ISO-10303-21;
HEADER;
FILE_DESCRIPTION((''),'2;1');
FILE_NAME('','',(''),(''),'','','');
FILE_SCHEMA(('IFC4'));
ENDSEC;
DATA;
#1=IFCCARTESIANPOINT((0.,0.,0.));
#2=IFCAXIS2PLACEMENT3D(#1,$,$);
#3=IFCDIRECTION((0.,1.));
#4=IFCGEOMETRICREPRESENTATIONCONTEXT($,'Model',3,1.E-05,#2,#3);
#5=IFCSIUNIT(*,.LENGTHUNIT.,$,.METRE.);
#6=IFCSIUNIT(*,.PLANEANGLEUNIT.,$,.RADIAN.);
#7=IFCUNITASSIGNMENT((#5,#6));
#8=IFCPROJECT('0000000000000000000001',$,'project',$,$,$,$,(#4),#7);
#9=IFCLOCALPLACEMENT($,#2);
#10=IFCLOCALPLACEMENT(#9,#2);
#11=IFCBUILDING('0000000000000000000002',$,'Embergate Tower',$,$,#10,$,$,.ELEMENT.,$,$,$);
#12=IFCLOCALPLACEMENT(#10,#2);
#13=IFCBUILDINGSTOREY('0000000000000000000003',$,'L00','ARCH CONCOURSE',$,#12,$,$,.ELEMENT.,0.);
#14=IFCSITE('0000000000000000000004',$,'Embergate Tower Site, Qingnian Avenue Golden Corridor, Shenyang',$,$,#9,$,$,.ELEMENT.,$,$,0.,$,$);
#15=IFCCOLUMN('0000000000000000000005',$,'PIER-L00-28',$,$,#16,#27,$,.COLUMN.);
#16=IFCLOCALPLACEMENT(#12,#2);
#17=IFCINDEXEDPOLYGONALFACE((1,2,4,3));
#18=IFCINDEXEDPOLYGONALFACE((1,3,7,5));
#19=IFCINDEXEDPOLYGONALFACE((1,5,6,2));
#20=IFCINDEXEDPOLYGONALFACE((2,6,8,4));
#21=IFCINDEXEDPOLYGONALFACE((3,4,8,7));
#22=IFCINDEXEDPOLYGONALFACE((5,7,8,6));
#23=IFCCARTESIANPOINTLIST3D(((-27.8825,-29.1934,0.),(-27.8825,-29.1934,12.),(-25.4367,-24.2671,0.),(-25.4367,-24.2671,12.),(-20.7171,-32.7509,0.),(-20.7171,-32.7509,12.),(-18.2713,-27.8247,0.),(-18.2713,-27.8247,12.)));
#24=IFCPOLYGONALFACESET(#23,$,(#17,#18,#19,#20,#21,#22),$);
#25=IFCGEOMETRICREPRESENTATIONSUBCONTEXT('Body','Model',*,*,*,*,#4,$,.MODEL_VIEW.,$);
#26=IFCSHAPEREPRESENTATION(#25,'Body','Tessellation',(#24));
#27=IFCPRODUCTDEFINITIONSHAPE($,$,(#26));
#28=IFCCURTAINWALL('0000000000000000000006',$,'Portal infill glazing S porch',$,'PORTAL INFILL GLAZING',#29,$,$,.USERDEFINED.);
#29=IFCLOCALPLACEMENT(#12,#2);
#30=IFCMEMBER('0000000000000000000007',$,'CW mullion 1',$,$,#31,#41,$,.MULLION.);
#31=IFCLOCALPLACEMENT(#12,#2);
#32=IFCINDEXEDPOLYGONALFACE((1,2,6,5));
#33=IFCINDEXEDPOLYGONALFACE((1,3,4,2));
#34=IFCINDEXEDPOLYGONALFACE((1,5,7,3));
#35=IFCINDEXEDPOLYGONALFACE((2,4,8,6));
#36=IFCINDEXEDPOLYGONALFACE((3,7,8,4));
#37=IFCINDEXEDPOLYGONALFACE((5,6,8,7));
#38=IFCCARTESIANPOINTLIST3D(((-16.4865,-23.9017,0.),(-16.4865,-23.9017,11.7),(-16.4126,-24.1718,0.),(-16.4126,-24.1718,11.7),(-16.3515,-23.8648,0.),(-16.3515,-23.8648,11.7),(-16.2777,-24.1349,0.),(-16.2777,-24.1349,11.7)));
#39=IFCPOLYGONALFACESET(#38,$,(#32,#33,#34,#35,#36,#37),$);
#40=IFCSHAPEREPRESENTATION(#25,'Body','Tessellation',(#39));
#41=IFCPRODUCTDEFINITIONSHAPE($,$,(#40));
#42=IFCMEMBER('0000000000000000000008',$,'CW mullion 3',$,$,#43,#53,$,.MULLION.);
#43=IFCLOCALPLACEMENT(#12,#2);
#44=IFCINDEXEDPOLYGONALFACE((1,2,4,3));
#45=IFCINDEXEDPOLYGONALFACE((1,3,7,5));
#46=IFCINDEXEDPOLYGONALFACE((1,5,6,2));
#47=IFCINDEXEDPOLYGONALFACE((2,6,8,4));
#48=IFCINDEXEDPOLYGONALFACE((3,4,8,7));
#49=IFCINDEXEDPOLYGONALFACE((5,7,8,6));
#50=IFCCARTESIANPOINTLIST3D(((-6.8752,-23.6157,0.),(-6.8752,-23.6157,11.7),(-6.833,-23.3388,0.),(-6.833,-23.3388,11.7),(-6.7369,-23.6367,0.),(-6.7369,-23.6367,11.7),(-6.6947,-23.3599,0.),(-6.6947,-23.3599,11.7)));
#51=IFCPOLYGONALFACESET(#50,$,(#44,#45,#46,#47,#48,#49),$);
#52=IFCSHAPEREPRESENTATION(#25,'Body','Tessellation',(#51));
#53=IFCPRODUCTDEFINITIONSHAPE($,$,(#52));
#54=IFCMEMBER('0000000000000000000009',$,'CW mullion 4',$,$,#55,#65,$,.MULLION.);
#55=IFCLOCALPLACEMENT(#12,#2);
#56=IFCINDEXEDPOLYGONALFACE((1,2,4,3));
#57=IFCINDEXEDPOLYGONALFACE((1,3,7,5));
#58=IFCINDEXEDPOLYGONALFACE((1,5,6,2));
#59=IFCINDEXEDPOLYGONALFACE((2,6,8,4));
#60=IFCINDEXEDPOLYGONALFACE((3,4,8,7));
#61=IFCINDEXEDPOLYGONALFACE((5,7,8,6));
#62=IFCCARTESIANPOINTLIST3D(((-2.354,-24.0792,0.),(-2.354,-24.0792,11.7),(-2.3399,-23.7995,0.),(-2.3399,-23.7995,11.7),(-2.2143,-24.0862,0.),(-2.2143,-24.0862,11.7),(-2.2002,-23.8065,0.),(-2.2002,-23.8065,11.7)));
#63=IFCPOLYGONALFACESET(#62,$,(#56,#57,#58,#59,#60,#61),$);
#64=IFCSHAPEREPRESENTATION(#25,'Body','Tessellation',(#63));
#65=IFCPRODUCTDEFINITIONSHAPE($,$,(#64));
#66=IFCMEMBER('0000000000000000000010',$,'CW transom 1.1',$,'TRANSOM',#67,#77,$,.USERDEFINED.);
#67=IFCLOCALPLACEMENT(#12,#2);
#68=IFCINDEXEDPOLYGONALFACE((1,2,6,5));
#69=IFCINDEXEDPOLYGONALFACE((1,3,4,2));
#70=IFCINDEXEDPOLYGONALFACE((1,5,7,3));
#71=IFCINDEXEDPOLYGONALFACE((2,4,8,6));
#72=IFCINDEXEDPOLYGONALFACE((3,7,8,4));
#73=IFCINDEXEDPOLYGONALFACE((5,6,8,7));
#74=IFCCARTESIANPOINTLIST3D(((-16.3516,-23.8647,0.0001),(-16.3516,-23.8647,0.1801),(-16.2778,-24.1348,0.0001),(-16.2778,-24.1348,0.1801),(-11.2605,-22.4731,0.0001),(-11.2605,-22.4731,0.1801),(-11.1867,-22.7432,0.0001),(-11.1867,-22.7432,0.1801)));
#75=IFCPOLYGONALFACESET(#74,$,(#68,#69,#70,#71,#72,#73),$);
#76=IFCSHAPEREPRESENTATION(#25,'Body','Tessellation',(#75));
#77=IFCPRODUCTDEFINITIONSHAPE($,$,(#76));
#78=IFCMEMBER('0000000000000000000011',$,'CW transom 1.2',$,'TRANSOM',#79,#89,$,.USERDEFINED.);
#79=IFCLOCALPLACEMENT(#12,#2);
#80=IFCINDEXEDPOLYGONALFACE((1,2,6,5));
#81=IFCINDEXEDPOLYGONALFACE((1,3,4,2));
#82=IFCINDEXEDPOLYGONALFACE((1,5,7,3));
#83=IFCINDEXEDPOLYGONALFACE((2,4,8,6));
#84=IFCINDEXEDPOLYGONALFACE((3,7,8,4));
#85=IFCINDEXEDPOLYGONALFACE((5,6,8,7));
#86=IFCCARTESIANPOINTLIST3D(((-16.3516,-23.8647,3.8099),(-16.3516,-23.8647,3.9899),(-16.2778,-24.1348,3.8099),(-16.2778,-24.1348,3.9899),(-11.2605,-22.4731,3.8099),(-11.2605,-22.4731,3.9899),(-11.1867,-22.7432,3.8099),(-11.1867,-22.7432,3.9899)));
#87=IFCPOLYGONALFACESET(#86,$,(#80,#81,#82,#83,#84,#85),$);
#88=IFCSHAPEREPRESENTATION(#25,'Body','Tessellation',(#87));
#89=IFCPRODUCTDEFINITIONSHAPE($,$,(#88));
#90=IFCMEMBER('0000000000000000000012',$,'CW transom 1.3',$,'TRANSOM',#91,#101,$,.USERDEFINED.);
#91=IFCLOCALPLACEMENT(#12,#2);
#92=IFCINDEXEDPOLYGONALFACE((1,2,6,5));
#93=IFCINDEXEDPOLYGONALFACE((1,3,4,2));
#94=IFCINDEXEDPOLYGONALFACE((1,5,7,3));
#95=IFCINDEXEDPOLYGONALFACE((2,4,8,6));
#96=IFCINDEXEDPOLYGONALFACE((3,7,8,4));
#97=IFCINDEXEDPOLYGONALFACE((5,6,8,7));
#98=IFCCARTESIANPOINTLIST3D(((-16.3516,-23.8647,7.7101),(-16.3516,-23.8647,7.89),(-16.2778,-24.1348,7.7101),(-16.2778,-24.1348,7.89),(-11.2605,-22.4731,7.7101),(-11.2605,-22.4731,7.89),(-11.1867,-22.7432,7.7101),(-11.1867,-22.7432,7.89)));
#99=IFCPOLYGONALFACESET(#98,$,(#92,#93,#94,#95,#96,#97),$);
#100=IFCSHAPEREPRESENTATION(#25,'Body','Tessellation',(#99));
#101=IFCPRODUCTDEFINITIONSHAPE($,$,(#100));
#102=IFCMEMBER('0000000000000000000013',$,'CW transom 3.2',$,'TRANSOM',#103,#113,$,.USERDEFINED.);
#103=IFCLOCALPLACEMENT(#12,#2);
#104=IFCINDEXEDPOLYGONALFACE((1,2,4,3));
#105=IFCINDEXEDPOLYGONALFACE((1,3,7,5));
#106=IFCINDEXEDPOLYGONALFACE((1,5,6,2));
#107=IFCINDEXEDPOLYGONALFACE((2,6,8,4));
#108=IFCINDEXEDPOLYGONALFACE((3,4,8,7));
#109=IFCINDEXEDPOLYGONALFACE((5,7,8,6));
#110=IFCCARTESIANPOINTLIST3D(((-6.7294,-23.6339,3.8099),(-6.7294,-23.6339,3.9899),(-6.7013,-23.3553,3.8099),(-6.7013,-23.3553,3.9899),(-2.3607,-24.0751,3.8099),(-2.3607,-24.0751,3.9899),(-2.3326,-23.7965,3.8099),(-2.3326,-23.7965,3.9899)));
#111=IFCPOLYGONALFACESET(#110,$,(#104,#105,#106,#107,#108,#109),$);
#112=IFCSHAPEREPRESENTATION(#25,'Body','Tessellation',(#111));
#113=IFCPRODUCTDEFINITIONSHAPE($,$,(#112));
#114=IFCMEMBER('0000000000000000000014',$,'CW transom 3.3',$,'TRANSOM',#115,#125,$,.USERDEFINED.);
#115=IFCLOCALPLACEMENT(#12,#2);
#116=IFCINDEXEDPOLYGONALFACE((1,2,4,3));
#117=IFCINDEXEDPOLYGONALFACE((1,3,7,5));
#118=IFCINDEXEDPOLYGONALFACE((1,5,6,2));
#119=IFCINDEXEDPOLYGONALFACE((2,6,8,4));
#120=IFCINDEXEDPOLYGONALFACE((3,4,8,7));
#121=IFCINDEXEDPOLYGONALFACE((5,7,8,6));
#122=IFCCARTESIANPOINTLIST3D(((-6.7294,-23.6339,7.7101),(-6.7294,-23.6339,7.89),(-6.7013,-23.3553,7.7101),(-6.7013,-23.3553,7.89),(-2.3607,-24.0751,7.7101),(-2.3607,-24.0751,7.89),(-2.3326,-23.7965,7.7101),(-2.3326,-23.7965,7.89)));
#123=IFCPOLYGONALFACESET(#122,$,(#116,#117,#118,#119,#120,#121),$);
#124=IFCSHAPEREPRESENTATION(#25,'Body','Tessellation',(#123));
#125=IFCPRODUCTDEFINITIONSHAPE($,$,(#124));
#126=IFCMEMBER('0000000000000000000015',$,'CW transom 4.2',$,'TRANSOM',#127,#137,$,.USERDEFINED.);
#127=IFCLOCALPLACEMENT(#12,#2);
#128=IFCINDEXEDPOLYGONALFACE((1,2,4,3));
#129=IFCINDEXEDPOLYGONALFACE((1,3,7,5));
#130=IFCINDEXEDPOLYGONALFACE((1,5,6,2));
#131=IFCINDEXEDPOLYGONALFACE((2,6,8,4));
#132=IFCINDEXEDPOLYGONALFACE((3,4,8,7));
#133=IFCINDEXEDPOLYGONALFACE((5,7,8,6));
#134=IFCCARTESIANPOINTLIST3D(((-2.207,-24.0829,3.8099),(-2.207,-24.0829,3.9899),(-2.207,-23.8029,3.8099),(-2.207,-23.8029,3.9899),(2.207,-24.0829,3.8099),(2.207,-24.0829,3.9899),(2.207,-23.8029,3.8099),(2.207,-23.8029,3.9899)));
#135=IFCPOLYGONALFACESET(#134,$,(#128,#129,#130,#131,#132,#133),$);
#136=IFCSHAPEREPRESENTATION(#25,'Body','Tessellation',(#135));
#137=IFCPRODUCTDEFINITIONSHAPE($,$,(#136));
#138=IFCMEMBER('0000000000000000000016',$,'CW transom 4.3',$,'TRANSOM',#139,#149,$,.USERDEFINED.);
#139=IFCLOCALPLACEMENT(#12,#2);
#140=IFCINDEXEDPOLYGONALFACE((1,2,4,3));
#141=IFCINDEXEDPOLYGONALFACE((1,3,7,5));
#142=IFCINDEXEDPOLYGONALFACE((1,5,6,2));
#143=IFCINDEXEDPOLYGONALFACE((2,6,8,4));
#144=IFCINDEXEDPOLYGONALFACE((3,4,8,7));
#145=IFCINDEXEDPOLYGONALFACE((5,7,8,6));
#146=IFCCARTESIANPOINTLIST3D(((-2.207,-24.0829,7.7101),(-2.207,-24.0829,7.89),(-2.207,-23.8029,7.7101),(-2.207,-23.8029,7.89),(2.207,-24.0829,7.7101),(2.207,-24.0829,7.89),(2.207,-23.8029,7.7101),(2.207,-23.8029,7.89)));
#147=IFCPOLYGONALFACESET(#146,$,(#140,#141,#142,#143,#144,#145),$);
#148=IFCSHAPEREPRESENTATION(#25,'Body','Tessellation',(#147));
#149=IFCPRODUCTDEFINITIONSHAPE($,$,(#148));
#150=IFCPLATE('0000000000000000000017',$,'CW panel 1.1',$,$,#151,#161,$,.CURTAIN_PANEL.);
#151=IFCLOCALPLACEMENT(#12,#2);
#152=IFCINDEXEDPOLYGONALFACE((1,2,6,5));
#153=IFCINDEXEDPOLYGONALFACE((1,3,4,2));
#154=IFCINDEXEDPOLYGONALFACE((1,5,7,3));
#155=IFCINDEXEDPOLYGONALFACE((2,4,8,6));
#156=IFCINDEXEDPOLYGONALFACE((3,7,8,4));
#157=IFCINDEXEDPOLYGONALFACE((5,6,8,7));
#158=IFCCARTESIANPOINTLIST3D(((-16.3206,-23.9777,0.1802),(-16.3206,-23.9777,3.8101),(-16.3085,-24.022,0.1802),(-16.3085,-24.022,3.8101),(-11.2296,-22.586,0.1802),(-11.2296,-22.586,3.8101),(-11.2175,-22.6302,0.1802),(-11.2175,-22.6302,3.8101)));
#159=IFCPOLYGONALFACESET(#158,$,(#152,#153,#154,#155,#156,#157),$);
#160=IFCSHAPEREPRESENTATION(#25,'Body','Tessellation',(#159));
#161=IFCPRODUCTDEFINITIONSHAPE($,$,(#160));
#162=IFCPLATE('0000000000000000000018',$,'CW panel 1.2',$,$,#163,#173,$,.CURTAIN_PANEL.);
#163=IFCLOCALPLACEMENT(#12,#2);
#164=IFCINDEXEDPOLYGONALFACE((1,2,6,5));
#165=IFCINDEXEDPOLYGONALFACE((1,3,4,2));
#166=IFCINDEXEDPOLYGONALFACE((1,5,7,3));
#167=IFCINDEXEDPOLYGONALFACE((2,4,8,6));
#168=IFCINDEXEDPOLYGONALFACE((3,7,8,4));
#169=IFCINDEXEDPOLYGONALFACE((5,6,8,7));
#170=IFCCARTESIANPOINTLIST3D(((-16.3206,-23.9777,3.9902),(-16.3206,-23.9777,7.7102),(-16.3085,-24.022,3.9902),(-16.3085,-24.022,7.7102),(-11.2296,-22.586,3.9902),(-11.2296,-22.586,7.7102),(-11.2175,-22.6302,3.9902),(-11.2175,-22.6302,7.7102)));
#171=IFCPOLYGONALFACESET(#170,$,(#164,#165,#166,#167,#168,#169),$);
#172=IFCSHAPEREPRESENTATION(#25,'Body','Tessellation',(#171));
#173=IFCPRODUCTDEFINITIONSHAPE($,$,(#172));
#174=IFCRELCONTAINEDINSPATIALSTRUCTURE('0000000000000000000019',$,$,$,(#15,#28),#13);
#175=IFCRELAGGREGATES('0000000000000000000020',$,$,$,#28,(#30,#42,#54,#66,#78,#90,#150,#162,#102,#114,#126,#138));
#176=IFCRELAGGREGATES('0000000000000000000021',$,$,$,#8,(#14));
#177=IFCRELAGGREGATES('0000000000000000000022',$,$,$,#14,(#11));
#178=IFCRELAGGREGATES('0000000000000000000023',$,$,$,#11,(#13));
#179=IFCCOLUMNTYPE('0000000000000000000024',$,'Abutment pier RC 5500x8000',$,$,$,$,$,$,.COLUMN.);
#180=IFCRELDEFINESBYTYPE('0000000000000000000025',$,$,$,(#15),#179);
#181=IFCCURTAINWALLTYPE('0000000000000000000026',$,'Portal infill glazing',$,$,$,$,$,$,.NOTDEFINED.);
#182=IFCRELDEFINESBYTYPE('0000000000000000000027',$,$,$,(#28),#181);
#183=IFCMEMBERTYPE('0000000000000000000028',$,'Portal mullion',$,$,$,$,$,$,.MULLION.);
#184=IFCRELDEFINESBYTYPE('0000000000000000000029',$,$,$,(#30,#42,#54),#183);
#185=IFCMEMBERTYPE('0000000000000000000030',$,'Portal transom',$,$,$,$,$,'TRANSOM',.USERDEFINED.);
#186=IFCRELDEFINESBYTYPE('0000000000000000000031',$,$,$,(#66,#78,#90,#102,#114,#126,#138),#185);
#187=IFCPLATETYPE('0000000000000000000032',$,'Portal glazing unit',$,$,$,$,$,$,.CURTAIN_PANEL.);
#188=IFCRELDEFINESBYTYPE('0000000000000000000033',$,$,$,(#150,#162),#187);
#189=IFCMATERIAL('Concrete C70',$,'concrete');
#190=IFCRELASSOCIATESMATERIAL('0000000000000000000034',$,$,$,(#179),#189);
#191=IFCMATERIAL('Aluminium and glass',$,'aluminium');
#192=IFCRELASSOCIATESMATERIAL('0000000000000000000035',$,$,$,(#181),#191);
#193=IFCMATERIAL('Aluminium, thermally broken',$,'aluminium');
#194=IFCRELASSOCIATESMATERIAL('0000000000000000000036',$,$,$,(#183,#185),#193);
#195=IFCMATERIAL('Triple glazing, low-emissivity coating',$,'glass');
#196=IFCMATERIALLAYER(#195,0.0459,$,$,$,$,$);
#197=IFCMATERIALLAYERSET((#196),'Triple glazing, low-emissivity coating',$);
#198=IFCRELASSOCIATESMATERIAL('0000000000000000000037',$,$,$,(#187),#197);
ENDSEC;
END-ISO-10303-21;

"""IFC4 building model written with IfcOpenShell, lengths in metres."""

from ifc_helpers import new_model, si_unit, direction, frame, origin, origin_2d, place, context, subcontext, project, spatial, rectangle, extrude, source, transform, mapped, material, layer, layer_set, material_profile, profile_set, type_object, element, aggregate, save


model = new_model("IFC4")

# Units and contexts
model_context = context("Model", 3, precision=1e-05, world=origin(), true_north=direction((0.0, 1.0)))
body_context = subcontext(model_context, "Body", "Model", "MODEL_VIEW")
ifc_project = project(units=[si_unit("LENGTHUNIT", "METRE"), si_unit("PLANEANGLEUNIT", "RADIAN")], contexts=[model_context])

# Site, building, storey
site_placement = place(None, origin())
site = spatial("IfcSite", under=ifc_project, at=site_placement, Name="Embergate Tower Site, Qingnian Avenue Golden Corridor, Shenyang", CompositionType="ELEMENT", RefElevation=0.0)
building_placement = place(site_placement, origin())
building = spatial("IfcBuilding", under=site, at=building_placement, Name="Embergate Tower", CompositionType="ELEMENT")
storey_placement = place(building_placement, origin())
storey = spatial("IfcBuildingStorey", under=building, at=storey_placement, Name="L00", Description="ARCH CONCOURSE", CompositionType="ELEMENT", Elevation=0.0)

# Column
ifc_material_1 = material(Name="Concrete C70", Category="concrete")
ifc_material_profile_1 = material_profile(ifc_material_1, rectangle(XDim=5.5, YDim=8.0, at=origin_2d()), Name="RC 5500x8000")
ifc_profile_set_1 = profile_set([ifc_material_profile_1], Name="Concrete C70")
column_type = type_object("IfcColumnType", Name="Abutment pier RC 5500x8000", PredefinedType="COLUMN", material=ifc_profile_set_1)
shared_shape_1 = source(origin(), body_context, "Body", "SweptSolid", [
    extrude(rectangle(XDim=5.5, YDim=8.0, at=origin_2d()), origin(), (0.0, 0.0, 1.0), 12.0),
])
column_placement = place(storey_placement, frame((-23.0769, -28.509, 0.0), z_axis=(0.0, 0.0, 1.0), x_axis=(-0.444698, -0.895681, 0.0)))
element("IfcColumn", 1, at=column_placement, inside=storey, type_object=column_type, Name="PIER-L00-28", PredefinedType="COLUMN", context=body_context, shape_type="MappedRepresentation", body=[
    mapped(shared_shape_1, transform((0.0, 0.0, 0.0))),
])

# Curtain wall, members, plates
ifc_material_2 = material(Name="Aluminium and glass", Category="aluminium")
curtain_wall_type = type_object("IfcCurtainWallType", Name="Portal infill glazing", PredefinedType="NOTDEFINED", material=ifc_material_2)
curtain_wall_placement = place(storey_placement, origin())
curtain_wall = element("IfcCurtainWall", 2, at=curtain_wall_placement, inside=storey, type_object=curtain_wall_type, Name="Portal infill glazing S porch", ObjectType="PORTAL INFILL GLAZING", PredefinedType="USERDEFINED")
ifc_material_3 = material(Name="Aluminium, thermally broken", Category="aluminium")
ifc_material_profile_2 = material_profile(ifc_material_3, rectangle(XDim=0.28, YDim=0.1399, at=origin_2d()), Name="AL 140x280")
ifc_profile_set_2 = profile_set([ifc_material_profile_2], Name="Aluminium, thermally broken")
member_type_1 = type_object("IfcMemberType", Name="Portal mullion", PredefinedType="MULLION", material=ifc_profile_set_2)
shared_shape_2 = source(origin(), body_context, "Body", "SweptSolid", [
    extrude(rectangle(XDim=0.28, YDim=0.1399, at=origin_2d()), origin(), (0.0, 0.0, 1.0), 11.7),
])
member_1_placement = place(storey_placement, frame((-16.3821, -24.0183, 0.0), z_axis=(0.0, 0.0, 1.0), x_axis=(-0.263693, 0.964607, 0.0)))
member_1 = element("IfcMember", 3, at=member_1_placement, type_object=member_type_1, Name="CW mullion 1", PredefinedType="MULLION", context=body_context, shape_type="MappedRepresentation", body=[
    mapped(shared_shape_2, transform((0.0, 0.0, 0.0))),
])
member_2_placement = place(storey_placement, frame((-6.7849, -23.4878, 0.0), z_axis=(0.0, 0.0, 1.0), x_axis=(0.150667, 0.988585, 0.0)))
member_2 = element("IfcMember", 4, at=member_2_placement, type_object=member_type_1, Name="CW mullion 3", PredefinedType="MULLION", context=body_context, shape_type="MappedRepresentation", body=[
    mapped(shared_shape_2, transform((0.0, 0.0, 0.0))),
])
member_3_placement = place(storey_placement, frame((-2.2771, -23.9429, 0.0), z_axis=(0.0, 0.0, 1.0), x_axis=(0.050161, 0.998741, 0.0)))
member_3 = element("IfcMember", 5, at=member_3_placement, type_object=member_type_1, Name="CW mullion 4", PredefinedType="MULLION", context=body_context, shape_type="MappedRepresentation", body=[
    mapped(shared_shape_2, transform((0.0, 0.0, 0.0))),
])
ifc_material_profile_3 = material_profile(ifc_material_3, rectangle(XDim=0.28, YDim=0.1799, at=origin_2d()), Name="AL 180x280")
ifc_profile_set_3 = profile_set([ifc_material_profile_3], Name="Aluminium, thermally broken")
member_type_2 = type_object("IfcMemberType", Name="Portal transom", ElementType="TRANSOM", PredefinedType="USERDEFINED", material=ifc_profile_set_3)
shared_shape_3 = source(origin(), body_context, "Body", "SweptSolid", [
    extrude(rectangle(XDim=0.28, YDim=0.1799, at=origin_2d()), origin(), (0.0, 0.0, 1.0), 5.2778),
])
member_4_placement = place(storey_placement, frame((-16.3147, -23.9998, 0.0901), z_axis=(0.964613, 0.263669, 0.0), x_axis=(-0.263669, 0.964613, 0.0)))
member_4 = element("IfcMember", 6, at=member_4_placement, type_object=member_type_2, Name="CW transom 1.1", ObjectType="TRANSOM", PredefinedType="USERDEFINED", context=body_context, shape_type="MappedRepresentation", body=[
    mapped(shared_shape_3, transform((0.0, 0.0, 0.0))),
])
member_5_placement = place(storey_placement, frame((-16.3147, -23.9998, 3.8999), z_axis=(0.964613, 0.263669, 0.0), x_axis=(-0.263669, 0.964613, 0.0)))
member_5 = element("IfcMember", 7, at=member_5_placement, type_object=member_type_2, Name="CW transom 1.2", ObjectType="TRANSOM", PredefinedType="USERDEFINED", context=body_context, shape_type="MappedRepresentation", body=[
    mapped(shared_shape_3, transform((0.0, 0.0, 0.0))),
])
member_6_placement = place(storey_placement, frame((-16.3147, -23.9998, 7.8), z_axis=(0.964613, 0.263669, 0.0), x_axis=(-0.263669, 0.964613, 0.0)))
member_6 = element("IfcMember", 8, at=member_6_placement, type_object=member_type_2, Name="CW transom 1.3", ObjectType="TRANSOM", PredefinedType="USERDEFINED", context=body_context, shape_type="MappedRepresentation", body=[
    mapped(shared_shape_3, transform((0.0, 0.0, 0.0))),
])
shared_shape_4 = source(origin(), body_context, "Body", "SweptSolid", [
    extrude(rectangle(XDim=0.28, YDim=0.1799, at=origin_2d()), origin(), (0.0, 0.0, 1.0), 4.3909),
])
member_7_placement = place(storey_placement, frame((-6.7153, -23.4946, 3.8999), z_axis=(0.99494, -0.100473, 0.0), x_axis=(0.100473, 0.99494, 0.0)))
member_7 = element("IfcMember", 9, at=member_7_placement, type_object=member_type_2, Name="CW transom 3.2", ObjectType="TRANSOM", PredefinedType="USERDEFINED", context=body_context, shape_type="MappedRepresentation", body=[
    mapped(shared_shape_4, transform((0.0, 0.0, 0.0))),
])
member_8_placement = place(storey_placement, frame((-6.7153, -23.4946, 7.8), z_axis=(0.99494, -0.100473, 0.0), x_axis=(0.100473, 0.99494, 0.0)))
member_8 = element("IfcMember", 10, at=member_8_placement, type_object=member_type_2, Name="CW transom 3.3", ObjectType="TRANSOM", PredefinedType="USERDEFINED", context=body_context, shape_type="MappedRepresentation", body=[
    mapped(shared_shape_4, transform((0.0, 0.0, 0.0))),
])
shared_shape_5 = source(origin(), body_context, "Body", "SweptSolid", [
    extrude(rectangle(XDim=0.28, YDim=0.1799, at=origin_2d()), origin(), (0.0, 0.0, 1.0), 4.4141),
])
member_9_placement = place(storey_placement, frame((-2.207, -23.9429, 3.8999), z_axis=(1.0, 0.0, 0.0), x_axis=(0.0, 1.0, 0.0)))
member_9 = element("IfcMember", 11, at=member_9_placement, type_object=member_type_2, Name="CW transom 4.2", ObjectType="TRANSOM", PredefinedType="USERDEFINED", context=body_context, shape_type="MappedRepresentation", body=[
    mapped(shared_shape_5, transform((0.0, 0.0, 0.0))),
])
member_10_placement = place(storey_placement, frame((-2.207, -23.9429, 7.8), z_axis=(1.0, 0.0, 0.0), x_axis=(0.0, 1.0, 0.0)))
member_10 = element("IfcMember", 12, at=member_10_placement, type_object=member_type_2, Name="CW transom 4.3", ObjectType="TRANSOM", PredefinedType="USERDEFINED", context=body_context, shape_type="MappedRepresentation", body=[
    mapped(shared_shape_5, transform((0.0, 0.0, 0.0))),
])
ifc_material_4 = material(Name="Triple glazing, low-emissivity coating", Category="glass")
ifc_layer_1 = layer(ifc_material_4, 0.0459)
ifc_layer_set_1 = layer_set([ifc_layer_1], Name="Triple glazing, low-emissivity coating")
plate_type = type_object("IfcPlateType", Name="Portal glazing unit", PredefinedType="CURTAIN_PANEL", material=ifc_layer_set_1)
shared_shape_6 = source(origin(), body_context, "Body", "SweptSolid", [
    extrude(rectangle(XDim=5.2778, YDim=0.0459, at=origin_2d()), origin(), (0.0, 0.0, 1.0), 3.6299),
])
plate_1_placement = place(storey_placement, frame((-13.769, -23.304, 0.1802), z_axis=(0.0, 0.0, 1.0), x_axis=(0.964607, 0.263693, 0.0)))
plate_1 = element("IfcPlate", 13, at=plate_1_placement, type_object=plate_type, Name="CW panel 1.1", PredefinedType="CURTAIN_PANEL", context=body_context, shape_type="MappedRepresentation", body=[
    mapped(shared_shape_6, transform((0.0, 0.0, 0.0))),
])
shared_shape_7 = source(origin(), body_context, "Body", "SweptSolid", [
    extrude(rectangle(XDim=5.2778, YDim=0.0459, at=origin_2d()), origin(), (0.0, 0.0, 1.0), 3.72),
])
plate_2_placement = place(storey_placement, frame((-13.769, -23.304, 3.9902), z_axis=(0.0, 0.0, 1.0), x_axis=(0.964607, 0.263693, 0.0)))
plate_2 = element("IfcPlate", 14, at=plate_2_placement, type_object=plate_type, Name="CW panel 1.2", PredefinedType="CURTAIN_PANEL", context=body_context, shape_type="MappedRepresentation", body=[
    mapped(shared_shape_7, transform((0.0, 0.0, 0.0))),
])
aggregate(curtain_wall, [member_1, member_2, member_3, member_4, member_5, member_6, plate_1, plate_2, member_7, member_8, member_9, member_10])

save(model, "model.ifc")
